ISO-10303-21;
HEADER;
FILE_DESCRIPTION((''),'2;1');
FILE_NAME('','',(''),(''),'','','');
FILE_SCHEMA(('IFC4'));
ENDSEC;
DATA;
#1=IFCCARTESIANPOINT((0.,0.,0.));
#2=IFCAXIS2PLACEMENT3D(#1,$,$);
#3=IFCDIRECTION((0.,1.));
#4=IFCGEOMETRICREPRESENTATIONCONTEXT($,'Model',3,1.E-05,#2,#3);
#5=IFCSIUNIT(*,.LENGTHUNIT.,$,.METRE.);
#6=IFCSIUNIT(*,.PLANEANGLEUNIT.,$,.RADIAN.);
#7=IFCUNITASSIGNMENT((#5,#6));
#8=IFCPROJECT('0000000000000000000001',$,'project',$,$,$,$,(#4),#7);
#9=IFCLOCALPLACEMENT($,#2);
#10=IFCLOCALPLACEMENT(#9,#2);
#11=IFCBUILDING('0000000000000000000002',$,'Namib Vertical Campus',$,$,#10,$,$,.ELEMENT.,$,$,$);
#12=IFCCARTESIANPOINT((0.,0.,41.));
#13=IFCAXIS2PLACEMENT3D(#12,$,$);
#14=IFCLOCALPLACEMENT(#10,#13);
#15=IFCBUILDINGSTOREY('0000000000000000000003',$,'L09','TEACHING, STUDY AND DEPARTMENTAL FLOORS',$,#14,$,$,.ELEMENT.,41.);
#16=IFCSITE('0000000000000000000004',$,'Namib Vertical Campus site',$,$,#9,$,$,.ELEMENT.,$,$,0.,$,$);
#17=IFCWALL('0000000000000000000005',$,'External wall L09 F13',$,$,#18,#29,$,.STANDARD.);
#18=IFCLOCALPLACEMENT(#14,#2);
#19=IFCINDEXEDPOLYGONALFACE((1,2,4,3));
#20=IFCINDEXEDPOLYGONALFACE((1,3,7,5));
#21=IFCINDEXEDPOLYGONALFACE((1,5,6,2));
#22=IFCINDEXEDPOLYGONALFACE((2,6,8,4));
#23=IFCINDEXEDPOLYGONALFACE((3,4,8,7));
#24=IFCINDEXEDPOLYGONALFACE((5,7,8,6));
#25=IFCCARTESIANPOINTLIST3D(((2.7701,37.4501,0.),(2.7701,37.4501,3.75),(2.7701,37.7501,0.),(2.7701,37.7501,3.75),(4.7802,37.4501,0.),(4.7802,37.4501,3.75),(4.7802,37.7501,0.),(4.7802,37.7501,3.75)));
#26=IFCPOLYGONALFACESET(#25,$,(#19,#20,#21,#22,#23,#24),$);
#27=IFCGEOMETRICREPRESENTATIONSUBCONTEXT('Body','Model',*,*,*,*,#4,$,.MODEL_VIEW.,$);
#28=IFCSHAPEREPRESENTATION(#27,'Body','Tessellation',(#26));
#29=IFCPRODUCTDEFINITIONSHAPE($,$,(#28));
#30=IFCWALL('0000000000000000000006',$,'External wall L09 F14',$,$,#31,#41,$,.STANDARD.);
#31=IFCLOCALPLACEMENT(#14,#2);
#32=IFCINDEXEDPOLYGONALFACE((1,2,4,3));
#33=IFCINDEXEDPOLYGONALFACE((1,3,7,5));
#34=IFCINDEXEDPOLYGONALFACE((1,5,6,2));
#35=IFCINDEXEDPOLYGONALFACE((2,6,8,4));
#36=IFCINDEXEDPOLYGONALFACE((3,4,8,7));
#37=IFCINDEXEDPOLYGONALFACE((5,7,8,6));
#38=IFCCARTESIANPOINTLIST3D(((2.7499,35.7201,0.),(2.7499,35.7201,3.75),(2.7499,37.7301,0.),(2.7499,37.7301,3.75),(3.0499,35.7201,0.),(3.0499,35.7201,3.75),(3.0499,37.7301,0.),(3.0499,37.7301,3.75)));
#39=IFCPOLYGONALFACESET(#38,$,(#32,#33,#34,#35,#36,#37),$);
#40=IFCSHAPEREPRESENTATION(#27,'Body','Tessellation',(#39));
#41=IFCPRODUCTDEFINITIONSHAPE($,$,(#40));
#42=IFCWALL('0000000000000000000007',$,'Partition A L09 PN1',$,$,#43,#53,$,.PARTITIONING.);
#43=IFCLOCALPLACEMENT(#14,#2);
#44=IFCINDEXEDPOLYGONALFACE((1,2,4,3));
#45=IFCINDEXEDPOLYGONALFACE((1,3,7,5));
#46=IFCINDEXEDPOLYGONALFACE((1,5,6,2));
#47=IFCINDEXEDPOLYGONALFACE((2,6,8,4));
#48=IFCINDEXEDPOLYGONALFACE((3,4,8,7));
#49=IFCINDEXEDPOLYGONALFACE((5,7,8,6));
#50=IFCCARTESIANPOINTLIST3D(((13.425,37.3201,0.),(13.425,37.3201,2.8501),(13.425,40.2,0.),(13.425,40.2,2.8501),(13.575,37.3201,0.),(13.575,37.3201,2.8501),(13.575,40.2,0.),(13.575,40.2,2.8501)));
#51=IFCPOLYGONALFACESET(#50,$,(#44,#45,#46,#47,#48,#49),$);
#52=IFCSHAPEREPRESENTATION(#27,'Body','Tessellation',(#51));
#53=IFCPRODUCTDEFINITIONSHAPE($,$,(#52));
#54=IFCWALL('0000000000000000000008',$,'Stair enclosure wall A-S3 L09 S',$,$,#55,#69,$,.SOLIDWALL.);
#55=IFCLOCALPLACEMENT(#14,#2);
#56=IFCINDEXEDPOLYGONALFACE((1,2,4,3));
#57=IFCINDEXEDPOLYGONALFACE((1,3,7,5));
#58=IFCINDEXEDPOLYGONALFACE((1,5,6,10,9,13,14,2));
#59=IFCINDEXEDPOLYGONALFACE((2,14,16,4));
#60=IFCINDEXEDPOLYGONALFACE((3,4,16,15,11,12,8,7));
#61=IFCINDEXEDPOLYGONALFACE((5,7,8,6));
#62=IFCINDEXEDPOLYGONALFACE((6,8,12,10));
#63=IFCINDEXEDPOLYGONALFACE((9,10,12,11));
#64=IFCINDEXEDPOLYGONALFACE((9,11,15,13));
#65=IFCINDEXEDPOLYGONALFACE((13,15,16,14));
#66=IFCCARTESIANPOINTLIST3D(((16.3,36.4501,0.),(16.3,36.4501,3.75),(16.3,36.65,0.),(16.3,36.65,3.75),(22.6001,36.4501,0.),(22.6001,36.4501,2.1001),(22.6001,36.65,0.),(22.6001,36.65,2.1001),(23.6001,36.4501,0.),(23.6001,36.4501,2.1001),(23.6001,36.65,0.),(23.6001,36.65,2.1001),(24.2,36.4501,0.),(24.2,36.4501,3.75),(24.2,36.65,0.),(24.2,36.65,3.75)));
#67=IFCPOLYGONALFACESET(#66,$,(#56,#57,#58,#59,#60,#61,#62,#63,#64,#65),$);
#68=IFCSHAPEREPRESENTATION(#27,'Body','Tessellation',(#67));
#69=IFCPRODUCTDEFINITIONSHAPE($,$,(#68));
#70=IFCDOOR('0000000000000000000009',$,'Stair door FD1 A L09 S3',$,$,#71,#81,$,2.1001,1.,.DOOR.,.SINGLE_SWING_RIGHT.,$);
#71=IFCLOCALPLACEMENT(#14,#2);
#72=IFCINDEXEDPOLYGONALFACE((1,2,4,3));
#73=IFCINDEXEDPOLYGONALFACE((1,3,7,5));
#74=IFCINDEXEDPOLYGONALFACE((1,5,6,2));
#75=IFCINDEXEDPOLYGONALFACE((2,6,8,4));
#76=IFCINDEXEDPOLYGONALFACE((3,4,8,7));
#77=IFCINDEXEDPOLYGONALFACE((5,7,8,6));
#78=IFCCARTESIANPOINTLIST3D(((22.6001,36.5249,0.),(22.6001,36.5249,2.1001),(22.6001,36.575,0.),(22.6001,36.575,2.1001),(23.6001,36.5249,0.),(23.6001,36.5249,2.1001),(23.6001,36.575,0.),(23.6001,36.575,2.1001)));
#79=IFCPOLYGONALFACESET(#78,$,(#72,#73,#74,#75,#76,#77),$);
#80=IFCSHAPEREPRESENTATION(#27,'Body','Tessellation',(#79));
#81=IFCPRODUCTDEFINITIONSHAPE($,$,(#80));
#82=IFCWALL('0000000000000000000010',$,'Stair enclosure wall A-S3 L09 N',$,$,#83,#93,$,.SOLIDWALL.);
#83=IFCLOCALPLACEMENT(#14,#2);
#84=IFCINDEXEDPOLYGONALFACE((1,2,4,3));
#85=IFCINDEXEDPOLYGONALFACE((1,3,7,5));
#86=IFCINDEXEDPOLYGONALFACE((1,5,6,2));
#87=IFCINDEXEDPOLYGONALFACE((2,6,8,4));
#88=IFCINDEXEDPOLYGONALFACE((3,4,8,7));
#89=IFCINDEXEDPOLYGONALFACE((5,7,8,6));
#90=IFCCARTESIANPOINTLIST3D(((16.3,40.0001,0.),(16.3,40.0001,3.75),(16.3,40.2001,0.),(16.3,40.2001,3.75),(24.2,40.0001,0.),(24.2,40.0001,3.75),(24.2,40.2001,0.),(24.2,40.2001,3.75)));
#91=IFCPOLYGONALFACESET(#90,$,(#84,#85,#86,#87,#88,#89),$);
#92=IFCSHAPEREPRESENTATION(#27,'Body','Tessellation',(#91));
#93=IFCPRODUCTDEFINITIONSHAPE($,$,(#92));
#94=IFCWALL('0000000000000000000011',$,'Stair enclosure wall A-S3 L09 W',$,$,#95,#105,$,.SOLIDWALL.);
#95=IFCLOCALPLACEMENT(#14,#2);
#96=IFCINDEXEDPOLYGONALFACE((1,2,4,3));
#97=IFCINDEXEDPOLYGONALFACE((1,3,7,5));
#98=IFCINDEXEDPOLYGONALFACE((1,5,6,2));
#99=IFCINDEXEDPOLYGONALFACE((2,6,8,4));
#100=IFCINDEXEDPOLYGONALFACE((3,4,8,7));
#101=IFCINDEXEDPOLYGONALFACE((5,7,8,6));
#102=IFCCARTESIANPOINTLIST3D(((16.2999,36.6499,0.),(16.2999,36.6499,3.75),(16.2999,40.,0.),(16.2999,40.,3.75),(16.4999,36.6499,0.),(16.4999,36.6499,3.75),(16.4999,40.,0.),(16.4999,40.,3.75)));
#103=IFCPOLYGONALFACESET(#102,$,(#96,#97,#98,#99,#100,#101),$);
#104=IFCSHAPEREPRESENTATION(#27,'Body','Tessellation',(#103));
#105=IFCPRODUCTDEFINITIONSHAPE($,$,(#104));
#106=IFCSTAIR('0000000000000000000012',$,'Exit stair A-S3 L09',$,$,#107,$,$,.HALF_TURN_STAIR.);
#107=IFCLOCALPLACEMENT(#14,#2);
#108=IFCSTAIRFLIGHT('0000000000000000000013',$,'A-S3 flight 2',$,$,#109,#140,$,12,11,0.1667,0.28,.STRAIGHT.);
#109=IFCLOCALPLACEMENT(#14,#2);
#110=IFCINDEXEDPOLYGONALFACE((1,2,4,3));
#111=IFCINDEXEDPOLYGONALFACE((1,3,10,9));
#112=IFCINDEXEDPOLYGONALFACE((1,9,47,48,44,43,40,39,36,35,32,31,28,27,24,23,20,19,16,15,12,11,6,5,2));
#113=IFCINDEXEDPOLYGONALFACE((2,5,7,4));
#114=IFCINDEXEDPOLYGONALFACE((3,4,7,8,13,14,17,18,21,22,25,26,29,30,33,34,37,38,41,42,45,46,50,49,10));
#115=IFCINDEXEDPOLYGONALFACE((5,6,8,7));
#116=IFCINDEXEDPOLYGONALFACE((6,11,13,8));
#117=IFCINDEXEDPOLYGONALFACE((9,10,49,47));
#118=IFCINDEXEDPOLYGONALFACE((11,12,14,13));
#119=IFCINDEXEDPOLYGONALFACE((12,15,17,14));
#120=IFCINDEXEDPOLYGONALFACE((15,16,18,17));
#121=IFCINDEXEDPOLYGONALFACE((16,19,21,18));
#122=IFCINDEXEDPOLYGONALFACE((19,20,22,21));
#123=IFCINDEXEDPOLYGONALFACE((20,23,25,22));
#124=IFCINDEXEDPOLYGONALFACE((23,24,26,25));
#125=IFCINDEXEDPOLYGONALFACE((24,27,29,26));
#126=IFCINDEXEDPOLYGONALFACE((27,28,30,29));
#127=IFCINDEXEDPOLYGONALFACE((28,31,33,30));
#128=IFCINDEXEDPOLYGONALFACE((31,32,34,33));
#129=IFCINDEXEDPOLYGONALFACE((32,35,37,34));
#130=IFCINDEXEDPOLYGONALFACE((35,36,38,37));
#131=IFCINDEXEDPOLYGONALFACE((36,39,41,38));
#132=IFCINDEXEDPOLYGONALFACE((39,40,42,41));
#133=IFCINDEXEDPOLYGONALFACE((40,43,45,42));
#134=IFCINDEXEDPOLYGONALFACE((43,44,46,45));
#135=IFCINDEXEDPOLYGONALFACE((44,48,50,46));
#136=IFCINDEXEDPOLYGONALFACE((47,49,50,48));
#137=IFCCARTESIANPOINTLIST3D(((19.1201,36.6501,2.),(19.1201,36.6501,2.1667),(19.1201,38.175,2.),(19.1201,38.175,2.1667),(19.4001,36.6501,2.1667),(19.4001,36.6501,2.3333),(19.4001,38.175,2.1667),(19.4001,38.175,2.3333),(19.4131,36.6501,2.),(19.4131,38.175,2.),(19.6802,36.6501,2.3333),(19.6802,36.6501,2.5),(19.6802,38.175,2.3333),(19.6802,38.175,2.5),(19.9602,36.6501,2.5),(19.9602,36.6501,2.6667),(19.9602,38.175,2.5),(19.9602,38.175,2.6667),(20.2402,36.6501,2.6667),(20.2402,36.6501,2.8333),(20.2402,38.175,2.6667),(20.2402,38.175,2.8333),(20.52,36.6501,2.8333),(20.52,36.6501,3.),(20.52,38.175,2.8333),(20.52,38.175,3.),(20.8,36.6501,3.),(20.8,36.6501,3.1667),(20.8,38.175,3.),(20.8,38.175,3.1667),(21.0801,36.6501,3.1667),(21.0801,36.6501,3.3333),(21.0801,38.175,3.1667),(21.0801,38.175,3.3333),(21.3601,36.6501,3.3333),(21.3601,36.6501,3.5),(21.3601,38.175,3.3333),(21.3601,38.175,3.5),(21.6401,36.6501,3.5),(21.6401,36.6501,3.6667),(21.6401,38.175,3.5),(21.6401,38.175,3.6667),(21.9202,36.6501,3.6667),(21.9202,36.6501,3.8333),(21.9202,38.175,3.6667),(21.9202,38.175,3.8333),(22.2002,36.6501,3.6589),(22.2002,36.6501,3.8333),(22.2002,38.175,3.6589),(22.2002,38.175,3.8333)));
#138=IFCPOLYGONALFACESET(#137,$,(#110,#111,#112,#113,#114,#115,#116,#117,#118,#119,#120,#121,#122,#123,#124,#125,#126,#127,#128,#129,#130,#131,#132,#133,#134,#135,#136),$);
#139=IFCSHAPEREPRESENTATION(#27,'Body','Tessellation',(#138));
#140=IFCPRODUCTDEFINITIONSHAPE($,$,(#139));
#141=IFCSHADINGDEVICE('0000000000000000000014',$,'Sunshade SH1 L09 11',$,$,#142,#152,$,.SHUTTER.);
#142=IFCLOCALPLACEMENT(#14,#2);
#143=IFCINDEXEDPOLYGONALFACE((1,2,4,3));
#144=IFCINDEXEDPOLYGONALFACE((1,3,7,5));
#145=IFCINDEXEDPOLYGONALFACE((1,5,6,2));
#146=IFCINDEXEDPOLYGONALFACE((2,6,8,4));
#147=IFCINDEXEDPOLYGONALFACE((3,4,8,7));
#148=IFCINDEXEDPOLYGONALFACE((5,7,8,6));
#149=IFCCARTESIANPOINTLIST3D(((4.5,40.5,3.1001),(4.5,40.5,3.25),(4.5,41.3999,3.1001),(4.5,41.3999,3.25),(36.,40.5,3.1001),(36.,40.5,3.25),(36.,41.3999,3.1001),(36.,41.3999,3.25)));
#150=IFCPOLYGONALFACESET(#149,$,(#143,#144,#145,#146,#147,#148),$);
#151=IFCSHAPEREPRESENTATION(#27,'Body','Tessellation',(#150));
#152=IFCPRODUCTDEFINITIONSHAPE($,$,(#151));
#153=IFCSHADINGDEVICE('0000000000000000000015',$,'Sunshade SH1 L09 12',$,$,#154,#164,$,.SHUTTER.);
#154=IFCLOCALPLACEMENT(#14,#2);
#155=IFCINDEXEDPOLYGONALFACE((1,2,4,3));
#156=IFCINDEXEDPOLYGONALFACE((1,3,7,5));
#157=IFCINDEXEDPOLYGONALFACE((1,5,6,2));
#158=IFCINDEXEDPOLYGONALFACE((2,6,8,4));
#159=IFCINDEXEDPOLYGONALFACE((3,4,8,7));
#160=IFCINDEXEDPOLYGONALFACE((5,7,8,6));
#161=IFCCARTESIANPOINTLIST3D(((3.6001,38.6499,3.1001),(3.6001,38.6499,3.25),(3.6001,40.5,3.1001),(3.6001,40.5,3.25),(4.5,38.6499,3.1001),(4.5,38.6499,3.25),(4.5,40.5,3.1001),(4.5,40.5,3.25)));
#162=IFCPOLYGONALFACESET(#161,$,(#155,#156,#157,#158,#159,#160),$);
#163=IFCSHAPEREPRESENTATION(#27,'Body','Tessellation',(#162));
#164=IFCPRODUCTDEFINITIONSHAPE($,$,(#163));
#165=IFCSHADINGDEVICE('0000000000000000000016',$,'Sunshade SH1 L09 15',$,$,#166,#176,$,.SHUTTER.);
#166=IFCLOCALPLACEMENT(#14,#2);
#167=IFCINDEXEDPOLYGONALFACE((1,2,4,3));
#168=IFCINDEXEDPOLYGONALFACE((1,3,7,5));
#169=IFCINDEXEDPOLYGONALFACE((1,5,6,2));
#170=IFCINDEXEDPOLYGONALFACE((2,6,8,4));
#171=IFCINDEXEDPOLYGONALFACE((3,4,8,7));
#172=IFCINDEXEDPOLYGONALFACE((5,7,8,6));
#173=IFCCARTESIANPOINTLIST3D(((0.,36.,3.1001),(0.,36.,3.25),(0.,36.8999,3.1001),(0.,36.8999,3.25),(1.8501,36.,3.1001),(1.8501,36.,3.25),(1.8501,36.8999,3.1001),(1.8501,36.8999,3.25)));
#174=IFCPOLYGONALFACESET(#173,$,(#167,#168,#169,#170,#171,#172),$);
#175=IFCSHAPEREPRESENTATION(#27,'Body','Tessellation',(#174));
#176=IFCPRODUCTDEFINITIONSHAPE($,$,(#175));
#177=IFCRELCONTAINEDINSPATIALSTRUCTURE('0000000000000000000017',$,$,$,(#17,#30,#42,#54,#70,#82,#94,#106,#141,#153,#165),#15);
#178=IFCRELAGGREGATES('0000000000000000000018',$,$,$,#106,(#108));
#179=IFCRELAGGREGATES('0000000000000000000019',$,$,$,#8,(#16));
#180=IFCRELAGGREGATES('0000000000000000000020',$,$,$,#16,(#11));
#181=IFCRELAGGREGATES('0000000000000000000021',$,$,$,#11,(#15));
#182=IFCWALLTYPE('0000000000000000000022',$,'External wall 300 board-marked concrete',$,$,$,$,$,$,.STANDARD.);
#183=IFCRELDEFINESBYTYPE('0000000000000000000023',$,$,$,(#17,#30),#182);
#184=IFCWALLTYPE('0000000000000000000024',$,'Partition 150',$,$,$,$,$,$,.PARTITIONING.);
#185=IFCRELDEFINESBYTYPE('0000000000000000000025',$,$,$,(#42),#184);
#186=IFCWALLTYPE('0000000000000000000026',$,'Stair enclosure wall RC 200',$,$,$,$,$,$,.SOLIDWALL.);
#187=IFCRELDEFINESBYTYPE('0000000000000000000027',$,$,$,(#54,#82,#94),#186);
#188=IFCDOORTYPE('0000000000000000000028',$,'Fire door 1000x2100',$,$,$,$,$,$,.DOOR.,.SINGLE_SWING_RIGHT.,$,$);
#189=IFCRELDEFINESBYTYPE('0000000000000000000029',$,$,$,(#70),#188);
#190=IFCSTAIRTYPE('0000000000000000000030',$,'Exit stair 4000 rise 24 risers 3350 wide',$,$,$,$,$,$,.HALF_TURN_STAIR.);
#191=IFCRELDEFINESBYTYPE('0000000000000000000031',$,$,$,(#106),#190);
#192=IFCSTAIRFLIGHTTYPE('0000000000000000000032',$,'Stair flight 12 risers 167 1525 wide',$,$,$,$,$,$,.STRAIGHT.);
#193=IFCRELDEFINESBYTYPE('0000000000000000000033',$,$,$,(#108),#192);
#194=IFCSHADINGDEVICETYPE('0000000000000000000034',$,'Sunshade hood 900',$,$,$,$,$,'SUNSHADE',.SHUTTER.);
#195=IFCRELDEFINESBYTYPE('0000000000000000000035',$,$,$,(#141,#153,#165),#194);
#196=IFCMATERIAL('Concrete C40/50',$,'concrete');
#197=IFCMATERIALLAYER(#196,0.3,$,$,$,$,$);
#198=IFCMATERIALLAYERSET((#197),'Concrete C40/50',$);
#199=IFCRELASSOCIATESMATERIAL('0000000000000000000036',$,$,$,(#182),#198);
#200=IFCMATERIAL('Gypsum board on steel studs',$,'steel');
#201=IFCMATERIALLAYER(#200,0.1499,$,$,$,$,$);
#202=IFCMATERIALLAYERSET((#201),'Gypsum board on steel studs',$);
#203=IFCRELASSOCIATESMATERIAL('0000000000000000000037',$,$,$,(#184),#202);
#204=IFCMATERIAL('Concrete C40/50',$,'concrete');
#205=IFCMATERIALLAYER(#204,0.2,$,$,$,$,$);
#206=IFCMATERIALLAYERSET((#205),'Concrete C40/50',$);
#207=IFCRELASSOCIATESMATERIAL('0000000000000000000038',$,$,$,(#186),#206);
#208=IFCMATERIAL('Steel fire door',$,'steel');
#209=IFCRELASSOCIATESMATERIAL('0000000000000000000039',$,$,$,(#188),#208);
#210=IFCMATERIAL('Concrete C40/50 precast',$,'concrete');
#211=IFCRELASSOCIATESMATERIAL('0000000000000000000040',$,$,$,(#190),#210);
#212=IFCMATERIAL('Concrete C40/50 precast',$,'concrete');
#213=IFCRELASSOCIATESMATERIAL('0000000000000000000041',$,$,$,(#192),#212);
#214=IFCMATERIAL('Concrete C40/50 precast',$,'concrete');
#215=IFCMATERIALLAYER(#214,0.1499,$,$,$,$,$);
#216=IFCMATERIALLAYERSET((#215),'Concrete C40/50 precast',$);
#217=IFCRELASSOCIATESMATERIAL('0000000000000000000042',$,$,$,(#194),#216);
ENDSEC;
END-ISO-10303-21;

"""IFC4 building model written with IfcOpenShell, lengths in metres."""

from ifc_helpers import new_model, si_unit, direction, frame, frame_2d, origin, origin_2d, place, context, subcontext, project, spatial, polyline, rectangle, outline, extrude, material, layer, layer_set, type_object, element, fill, aggregate, save


model = new_model("IFC4")

# Units and contexts
model_context = context("Model", 3, precision=1e-05, world=origin(), true_north=direction((0.0, 1.0)))
body_context = subcontext(model_context, "Body", "Model", "MODEL_VIEW")
ifc_project = project(units=[si_unit("LENGTHUNIT", "METRE"), si_unit("PLANEANGLEUNIT", "RADIAN")], contexts=[model_context])

# Site, building, storey
site_placement = place(None, origin())
site = spatial("IfcSite", under=ifc_project, at=site_placement, Name="Namib Vertical Campus site", CompositionType="ELEMENT", RefElevation=0.0)
building_placement = place(site_placement, origin())
building = spatial("IfcBuilding", under=site, at=building_placement, Name="Namib Vertical Campus", CompositionType="ELEMENT")
storey_placement = place(building_placement, frame((0.0, 0.0, 41.0)))
storey = spatial("IfcBuildingStorey", under=building, at=storey_placement, Name="L09", Description="TEACHING, STUDY AND DEPARTMENTAL FLOORS", CompositionType="ELEMENT", Elevation=41.0)

# Walls
ifc_material_1 = material(Name="Concrete C40/50", Category="concrete")
ifc_layer_1 = layer(ifc_material_1, 0.3)
ifc_layer_set_1 = layer_set([ifc_layer_1], Name="Concrete C40/50")
wall_type_1 = type_object("IfcWallType", Name="External wall 300 board-marked concrete", PredefinedType="STANDARD", material=ifc_layer_set_1)
for number, where, z_axis, x_axis, name in (
    (1, (4.78, 37.6001, 0.0), (0.0, 0.0, 1.0), (-1.0, 0.0, 0.0), "External wall L09 F13"),
    (2, (2.8999, 37.73, 0.0), (0.0, 0.0, 1.0), (0.0, -1.0, 0.0), "External wall L09 F14"),
):
    element("IfcWall", number, at=place(storey_placement, frame(where, z_axis=z_axis, x_axis=x_axis)), inside=storey, type_object=wall_type_1, Name=name, PredefinedType="STANDARD", context=body_context, shape_type="SweptSolid", body=[
        extrude(rectangle(XDim=2.01, YDim=0.3, at=frame_2d((1.0049, 0.0))), origin(), (0.0, 0.0, 1.0), 3.75),
    ])
ifc_material_2 = material(Name="Gypsum board on steel studs", Category="steel")
ifc_layer_2 = layer(ifc_material_2, 0.1499)
ifc_layer_set_2 = layer_set([ifc_layer_2], Name="Gypsum board on steel studs")
wall_type_2 = type_object("IfcWallType", Name="Partition 150", PredefinedType="PARTITIONING", material=ifc_layer_set_2)
wall_1_placement = place(storey_placement, frame((13.5, 37.3201, 0.0), z_axis=(0.0, 0.0, 1.0), x_axis=(0.0, 1.0, 0.0)))
element("IfcWall", 3, at=wall_1_placement, inside=storey, type_object=wall_type_2, Name="Partition A L09 PN1", PredefinedType="PARTITIONING", context=body_context, shape_type="SweptSolid", body=[
    extrude(rectangle(XDim=2.8799, YDim=0.1499, at=frame_2d((1.4399, 0.0))), origin(), (0.0, 0.0, 1.0), 2.8501),
])

# Wall, opening, door
ifc_material_3 = material(Name="Concrete C40/50", Category="concrete")
ifc_layer_3 = layer(ifc_material_3, 0.2)
ifc_layer_set_3 = layer_set([ifc_layer_3], Name="Concrete C40/50")
wall_type_3 = type_object("IfcWallType", Name="Stair enclosure wall RC 200", PredefinedType="SOLIDWALL", material=ifc_layer_set_3)
wall_2_placement = place(storey_placement, frame((16.3, 36.55, 0.0), z_axis=(0.0, 0.0, 1.0), x_axis=(1.0, 0.0, 0.0)))
wall_2 = element("IfcWall", 4, at=wall_2_placement, inside=storey, type_object=wall_type_3, Name="Stair enclosure wall A-S3 L09 S", PredefinedType="SOLIDWALL", context=body_context, shape_type="SweptSolid", body=[
    extrude(rectangle(XDim=7.8999, YDim=0.2, at=frame_2d((3.95, 0.0))), origin(), (0.0, 0.0, 1.0), 3.75),
])
opening_placement = place(wall_2_placement, frame((6.3, 0.0, 0.0)))
opening = element("IfcOpeningElement", 5, at=opening_placement, cuts=wall_2, PredefinedType="OPENING", context=body_context, shape_type="SweptSolid", body=[
    extrude(rectangle(XDim=1.0, YDim=2.1001, at=frame_2d((0.5, 1.05))), frame((0.0, 0.1099, 0.0), z_axis=(0.0, -1.0, 0.0), x_axis=(1.0, 0.0, 0.0)), (0.0, 0.0, 1.0), 0.22),
])
ifc_material_4 = material(Name="Steel fire door", Category="steel")
door_type = type_object("IfcDoorType", Name="Fire door 1000x2100", OperationType="SINGLE_SWING_RIGHT", PredefinedType="DOOR", material=ifc_material_4)
door_placement = place(opening_placement, origin())
door = element("IfcDoor", 6, at=door_placement, inside=storey, type_object=door_type, Name="Stair door FD1 A L09 S3", OperationType="SINGLE_SWING_RIGHT", OverallHeight=2.1001, OverallWidth=1.0, PredefinedType="DOOR", context=body_context, shape_type="SweptSolid", body=[
    extrude(rectangle(XDim=1.0, YDim=2.1001, at=frame_2d((0.5, 1.05))), frame((0.0, 0.0249, 0.0), z_axis=(0.0, -1.0, 0.0), x_axis=(1.0, 0.0, 0.0)), (0.0, 0.0, 1.0), 0.05),
])
fill(opening, door)

# Walls
wall_3_placement = place(storey_placement, frame((16.3, 40.1001, 0.0), z_axis=(0.0, 0.0, 1.0), x_axis=(1.0, 0.0, 0.0)))
element("IfcWall", 7, at=wall_3_placement, inside=storey, type_object=wall_type_3, Name="Stair enclosure wall A-S3 L09 N", PredefinedType="SOLIDWALL", context=body_context, shape_type="SweptSolid", body=[
    extrude(rectangle(XDim=7.8999, YDim=0.2, at=frame_2d((3.95, 0.0))), origin(), (0.0, 0.0, 1.0), 3.75),
])
wall_4_placement = place(storey_placement, frame((16.3999, 36.6499, 0.0), z_axis=(0.0, 0.0, 1.0), x_axis=(0.0, 1.0, 0.0)))
element("IfcWall", 8, at=wall_4_placement, inside=storey, type_object=wall_type_3, Name="Stair enclosure wall A-S3 L09 W", PredefinedType="SOLIDWALL", context=body_context, shape_type="SweptSolid", body=[
    extrude(rectangle(XDim=3.3501, YDim=0.2, at=frame_2d((1.675, 0.0))), origin(), (0.0, 0.0, 1.0), 3.75),
])

# Stair, stair flight
ifc_material_5 = material(Name="Concrete C40/50 precast", Category="concrete")
stair_type = type_object("IfcStairType", Name="Exit stair 4000 rise 24 risers 3350 wide", PredefinedType="HALF_TURN_STAIR", material=ifc_material_5)
stair_placement = place(storey_placement, origin())
stair = element("IfcStair", 9, at=stair_placement, inside=storey, type_object=stair_type, Name="Exit stair A-S3 L09", PredefinedType="HALF_TURN_STAIR")
ifc_material_6 = material(Name="Concrete C40/50 precast", Category="concrete")
stair_flight_type = type_object("IfcStairFlightType", Name="Stair flight 12 risers 167 1525 wide", PredefinedType="STRAIGHT", material=ifc_material_6)
stair_flight_placement = place(storey_placement, frame((19.1201, 37.4126, 2.0), z_axis=(0.0, 0.0, 1.0), x_axis=(1.0, 0.0, 0.0)))
stair_flight = element("IfcStairFlight", 10, at=stair_flight_placement, type_object=stair_flight_type, Name="A-S3 flight 2", NumberOfRisers=12, NumberOfTreads=11, PredefinedType="STRAIGHT", RiserHeight=0.1667, TreadLength=0.28, context=body_context, shape_type="SweptSolid", body=[
    extrude(outline(polyline([(0.0, 0.0), (0.0, 0.1667), (0.28, 0.1667), (0.28, 0.3333), (0.5601, 0.3333), (0.5601, 0.5), (0.8401, 0.5), (0.8401, 0.6667), (1.1201, 0.6667), (1.1201, 0.8333), (1.3999, 0.8333), (1.3999, 1.0), (1.6799, 1.0), (1.6799, 1.1667), (1.96, 1.1667), (1.96, 1.3333), (2.24, 1.3333), (2.24, 1.5), (2.52, 1.5), (2.52, 1.6667), (2.8, 1.6667), (2.8, 1.8333), (3.0801, 1.8333), (3.0801, 2.0), (3.0801, 1.6589), (0.293, 0.0), (0.0, 0.0)])), frame((0.0, 0.7625, 0.0), z_axis=(0.0, -1.0, 0.0), x_axis=(1.0, 0.0, 0.0)), (0.0, 0.0, 1.0), 1.5249),
])
aggregate(stair, [stair_flight])

# Shading devices
ifc_material_7 = material(Name="Concrete C40/50 precast", Category="concrete")
ifc_layer_4 = layer(ifc_material_7, 0.1499)
ifc_layer_set_4 = layer_set([ifc_layer_4], Name="Concrete C40/50 precast")
shading_device_type = type_object("IfcShadingDeviceType", Name="Sunshade hood 900", ElementType="SUNSHADE", PredefinedType="SHUTTER", material=ifc_layer_set_4)
shading_device_placement = place(storey_placement, frame((20.25, 40.95, 3.1001), z_axis=(0.0, 0.0, 1.0), x_axis=(-1.0, 0.0, 0.0)))
element("IfcShadingDevice", 11, at=shading_device_placement, inside=storey, type_object=shading_device_type, Name="Sunshade SH1 L09 11", PredefinedType="SHUTTER", context=body_context, shape_type="SweptSolid", body=[
    extrude(rectangle(XDim=31.5, YDim=0.8999, at=origin_2d()), origin(), (0.0, 0.0, 1.0), 0.1499),
])
for number, where, z_axis, x_axis, name in (
    (12, (4.05, 39.575, 3.1001), (0.0, 0.0, 1.0), (0.0, -1.0, 0.0), "Sunshade SH1 L09 12"),
    (13, (0.925, 36.45, 3.1001), (0.0, 0.0, 1.0), (-1.0, 0.0, 0.0), "Sunshade SH1 L09 15"),
):
    element("IfcShadingDevice", number, at=place(storey_placement, frame(where, z_axis=z_axis, x_axis=x_axis)), inside=storey, type_object=shading_device_type, Name=name, PredefinedType="SHUTTER", context=body_context, shape_type="SweptSolid", body=[
        extrude(rectangle(XDim=1.8501, YDim=0.8999, at=origin_2d()), origin(), (0.0, 0.0, 1.0), 0.1499),
    ])

save(model, "model.ifc")
